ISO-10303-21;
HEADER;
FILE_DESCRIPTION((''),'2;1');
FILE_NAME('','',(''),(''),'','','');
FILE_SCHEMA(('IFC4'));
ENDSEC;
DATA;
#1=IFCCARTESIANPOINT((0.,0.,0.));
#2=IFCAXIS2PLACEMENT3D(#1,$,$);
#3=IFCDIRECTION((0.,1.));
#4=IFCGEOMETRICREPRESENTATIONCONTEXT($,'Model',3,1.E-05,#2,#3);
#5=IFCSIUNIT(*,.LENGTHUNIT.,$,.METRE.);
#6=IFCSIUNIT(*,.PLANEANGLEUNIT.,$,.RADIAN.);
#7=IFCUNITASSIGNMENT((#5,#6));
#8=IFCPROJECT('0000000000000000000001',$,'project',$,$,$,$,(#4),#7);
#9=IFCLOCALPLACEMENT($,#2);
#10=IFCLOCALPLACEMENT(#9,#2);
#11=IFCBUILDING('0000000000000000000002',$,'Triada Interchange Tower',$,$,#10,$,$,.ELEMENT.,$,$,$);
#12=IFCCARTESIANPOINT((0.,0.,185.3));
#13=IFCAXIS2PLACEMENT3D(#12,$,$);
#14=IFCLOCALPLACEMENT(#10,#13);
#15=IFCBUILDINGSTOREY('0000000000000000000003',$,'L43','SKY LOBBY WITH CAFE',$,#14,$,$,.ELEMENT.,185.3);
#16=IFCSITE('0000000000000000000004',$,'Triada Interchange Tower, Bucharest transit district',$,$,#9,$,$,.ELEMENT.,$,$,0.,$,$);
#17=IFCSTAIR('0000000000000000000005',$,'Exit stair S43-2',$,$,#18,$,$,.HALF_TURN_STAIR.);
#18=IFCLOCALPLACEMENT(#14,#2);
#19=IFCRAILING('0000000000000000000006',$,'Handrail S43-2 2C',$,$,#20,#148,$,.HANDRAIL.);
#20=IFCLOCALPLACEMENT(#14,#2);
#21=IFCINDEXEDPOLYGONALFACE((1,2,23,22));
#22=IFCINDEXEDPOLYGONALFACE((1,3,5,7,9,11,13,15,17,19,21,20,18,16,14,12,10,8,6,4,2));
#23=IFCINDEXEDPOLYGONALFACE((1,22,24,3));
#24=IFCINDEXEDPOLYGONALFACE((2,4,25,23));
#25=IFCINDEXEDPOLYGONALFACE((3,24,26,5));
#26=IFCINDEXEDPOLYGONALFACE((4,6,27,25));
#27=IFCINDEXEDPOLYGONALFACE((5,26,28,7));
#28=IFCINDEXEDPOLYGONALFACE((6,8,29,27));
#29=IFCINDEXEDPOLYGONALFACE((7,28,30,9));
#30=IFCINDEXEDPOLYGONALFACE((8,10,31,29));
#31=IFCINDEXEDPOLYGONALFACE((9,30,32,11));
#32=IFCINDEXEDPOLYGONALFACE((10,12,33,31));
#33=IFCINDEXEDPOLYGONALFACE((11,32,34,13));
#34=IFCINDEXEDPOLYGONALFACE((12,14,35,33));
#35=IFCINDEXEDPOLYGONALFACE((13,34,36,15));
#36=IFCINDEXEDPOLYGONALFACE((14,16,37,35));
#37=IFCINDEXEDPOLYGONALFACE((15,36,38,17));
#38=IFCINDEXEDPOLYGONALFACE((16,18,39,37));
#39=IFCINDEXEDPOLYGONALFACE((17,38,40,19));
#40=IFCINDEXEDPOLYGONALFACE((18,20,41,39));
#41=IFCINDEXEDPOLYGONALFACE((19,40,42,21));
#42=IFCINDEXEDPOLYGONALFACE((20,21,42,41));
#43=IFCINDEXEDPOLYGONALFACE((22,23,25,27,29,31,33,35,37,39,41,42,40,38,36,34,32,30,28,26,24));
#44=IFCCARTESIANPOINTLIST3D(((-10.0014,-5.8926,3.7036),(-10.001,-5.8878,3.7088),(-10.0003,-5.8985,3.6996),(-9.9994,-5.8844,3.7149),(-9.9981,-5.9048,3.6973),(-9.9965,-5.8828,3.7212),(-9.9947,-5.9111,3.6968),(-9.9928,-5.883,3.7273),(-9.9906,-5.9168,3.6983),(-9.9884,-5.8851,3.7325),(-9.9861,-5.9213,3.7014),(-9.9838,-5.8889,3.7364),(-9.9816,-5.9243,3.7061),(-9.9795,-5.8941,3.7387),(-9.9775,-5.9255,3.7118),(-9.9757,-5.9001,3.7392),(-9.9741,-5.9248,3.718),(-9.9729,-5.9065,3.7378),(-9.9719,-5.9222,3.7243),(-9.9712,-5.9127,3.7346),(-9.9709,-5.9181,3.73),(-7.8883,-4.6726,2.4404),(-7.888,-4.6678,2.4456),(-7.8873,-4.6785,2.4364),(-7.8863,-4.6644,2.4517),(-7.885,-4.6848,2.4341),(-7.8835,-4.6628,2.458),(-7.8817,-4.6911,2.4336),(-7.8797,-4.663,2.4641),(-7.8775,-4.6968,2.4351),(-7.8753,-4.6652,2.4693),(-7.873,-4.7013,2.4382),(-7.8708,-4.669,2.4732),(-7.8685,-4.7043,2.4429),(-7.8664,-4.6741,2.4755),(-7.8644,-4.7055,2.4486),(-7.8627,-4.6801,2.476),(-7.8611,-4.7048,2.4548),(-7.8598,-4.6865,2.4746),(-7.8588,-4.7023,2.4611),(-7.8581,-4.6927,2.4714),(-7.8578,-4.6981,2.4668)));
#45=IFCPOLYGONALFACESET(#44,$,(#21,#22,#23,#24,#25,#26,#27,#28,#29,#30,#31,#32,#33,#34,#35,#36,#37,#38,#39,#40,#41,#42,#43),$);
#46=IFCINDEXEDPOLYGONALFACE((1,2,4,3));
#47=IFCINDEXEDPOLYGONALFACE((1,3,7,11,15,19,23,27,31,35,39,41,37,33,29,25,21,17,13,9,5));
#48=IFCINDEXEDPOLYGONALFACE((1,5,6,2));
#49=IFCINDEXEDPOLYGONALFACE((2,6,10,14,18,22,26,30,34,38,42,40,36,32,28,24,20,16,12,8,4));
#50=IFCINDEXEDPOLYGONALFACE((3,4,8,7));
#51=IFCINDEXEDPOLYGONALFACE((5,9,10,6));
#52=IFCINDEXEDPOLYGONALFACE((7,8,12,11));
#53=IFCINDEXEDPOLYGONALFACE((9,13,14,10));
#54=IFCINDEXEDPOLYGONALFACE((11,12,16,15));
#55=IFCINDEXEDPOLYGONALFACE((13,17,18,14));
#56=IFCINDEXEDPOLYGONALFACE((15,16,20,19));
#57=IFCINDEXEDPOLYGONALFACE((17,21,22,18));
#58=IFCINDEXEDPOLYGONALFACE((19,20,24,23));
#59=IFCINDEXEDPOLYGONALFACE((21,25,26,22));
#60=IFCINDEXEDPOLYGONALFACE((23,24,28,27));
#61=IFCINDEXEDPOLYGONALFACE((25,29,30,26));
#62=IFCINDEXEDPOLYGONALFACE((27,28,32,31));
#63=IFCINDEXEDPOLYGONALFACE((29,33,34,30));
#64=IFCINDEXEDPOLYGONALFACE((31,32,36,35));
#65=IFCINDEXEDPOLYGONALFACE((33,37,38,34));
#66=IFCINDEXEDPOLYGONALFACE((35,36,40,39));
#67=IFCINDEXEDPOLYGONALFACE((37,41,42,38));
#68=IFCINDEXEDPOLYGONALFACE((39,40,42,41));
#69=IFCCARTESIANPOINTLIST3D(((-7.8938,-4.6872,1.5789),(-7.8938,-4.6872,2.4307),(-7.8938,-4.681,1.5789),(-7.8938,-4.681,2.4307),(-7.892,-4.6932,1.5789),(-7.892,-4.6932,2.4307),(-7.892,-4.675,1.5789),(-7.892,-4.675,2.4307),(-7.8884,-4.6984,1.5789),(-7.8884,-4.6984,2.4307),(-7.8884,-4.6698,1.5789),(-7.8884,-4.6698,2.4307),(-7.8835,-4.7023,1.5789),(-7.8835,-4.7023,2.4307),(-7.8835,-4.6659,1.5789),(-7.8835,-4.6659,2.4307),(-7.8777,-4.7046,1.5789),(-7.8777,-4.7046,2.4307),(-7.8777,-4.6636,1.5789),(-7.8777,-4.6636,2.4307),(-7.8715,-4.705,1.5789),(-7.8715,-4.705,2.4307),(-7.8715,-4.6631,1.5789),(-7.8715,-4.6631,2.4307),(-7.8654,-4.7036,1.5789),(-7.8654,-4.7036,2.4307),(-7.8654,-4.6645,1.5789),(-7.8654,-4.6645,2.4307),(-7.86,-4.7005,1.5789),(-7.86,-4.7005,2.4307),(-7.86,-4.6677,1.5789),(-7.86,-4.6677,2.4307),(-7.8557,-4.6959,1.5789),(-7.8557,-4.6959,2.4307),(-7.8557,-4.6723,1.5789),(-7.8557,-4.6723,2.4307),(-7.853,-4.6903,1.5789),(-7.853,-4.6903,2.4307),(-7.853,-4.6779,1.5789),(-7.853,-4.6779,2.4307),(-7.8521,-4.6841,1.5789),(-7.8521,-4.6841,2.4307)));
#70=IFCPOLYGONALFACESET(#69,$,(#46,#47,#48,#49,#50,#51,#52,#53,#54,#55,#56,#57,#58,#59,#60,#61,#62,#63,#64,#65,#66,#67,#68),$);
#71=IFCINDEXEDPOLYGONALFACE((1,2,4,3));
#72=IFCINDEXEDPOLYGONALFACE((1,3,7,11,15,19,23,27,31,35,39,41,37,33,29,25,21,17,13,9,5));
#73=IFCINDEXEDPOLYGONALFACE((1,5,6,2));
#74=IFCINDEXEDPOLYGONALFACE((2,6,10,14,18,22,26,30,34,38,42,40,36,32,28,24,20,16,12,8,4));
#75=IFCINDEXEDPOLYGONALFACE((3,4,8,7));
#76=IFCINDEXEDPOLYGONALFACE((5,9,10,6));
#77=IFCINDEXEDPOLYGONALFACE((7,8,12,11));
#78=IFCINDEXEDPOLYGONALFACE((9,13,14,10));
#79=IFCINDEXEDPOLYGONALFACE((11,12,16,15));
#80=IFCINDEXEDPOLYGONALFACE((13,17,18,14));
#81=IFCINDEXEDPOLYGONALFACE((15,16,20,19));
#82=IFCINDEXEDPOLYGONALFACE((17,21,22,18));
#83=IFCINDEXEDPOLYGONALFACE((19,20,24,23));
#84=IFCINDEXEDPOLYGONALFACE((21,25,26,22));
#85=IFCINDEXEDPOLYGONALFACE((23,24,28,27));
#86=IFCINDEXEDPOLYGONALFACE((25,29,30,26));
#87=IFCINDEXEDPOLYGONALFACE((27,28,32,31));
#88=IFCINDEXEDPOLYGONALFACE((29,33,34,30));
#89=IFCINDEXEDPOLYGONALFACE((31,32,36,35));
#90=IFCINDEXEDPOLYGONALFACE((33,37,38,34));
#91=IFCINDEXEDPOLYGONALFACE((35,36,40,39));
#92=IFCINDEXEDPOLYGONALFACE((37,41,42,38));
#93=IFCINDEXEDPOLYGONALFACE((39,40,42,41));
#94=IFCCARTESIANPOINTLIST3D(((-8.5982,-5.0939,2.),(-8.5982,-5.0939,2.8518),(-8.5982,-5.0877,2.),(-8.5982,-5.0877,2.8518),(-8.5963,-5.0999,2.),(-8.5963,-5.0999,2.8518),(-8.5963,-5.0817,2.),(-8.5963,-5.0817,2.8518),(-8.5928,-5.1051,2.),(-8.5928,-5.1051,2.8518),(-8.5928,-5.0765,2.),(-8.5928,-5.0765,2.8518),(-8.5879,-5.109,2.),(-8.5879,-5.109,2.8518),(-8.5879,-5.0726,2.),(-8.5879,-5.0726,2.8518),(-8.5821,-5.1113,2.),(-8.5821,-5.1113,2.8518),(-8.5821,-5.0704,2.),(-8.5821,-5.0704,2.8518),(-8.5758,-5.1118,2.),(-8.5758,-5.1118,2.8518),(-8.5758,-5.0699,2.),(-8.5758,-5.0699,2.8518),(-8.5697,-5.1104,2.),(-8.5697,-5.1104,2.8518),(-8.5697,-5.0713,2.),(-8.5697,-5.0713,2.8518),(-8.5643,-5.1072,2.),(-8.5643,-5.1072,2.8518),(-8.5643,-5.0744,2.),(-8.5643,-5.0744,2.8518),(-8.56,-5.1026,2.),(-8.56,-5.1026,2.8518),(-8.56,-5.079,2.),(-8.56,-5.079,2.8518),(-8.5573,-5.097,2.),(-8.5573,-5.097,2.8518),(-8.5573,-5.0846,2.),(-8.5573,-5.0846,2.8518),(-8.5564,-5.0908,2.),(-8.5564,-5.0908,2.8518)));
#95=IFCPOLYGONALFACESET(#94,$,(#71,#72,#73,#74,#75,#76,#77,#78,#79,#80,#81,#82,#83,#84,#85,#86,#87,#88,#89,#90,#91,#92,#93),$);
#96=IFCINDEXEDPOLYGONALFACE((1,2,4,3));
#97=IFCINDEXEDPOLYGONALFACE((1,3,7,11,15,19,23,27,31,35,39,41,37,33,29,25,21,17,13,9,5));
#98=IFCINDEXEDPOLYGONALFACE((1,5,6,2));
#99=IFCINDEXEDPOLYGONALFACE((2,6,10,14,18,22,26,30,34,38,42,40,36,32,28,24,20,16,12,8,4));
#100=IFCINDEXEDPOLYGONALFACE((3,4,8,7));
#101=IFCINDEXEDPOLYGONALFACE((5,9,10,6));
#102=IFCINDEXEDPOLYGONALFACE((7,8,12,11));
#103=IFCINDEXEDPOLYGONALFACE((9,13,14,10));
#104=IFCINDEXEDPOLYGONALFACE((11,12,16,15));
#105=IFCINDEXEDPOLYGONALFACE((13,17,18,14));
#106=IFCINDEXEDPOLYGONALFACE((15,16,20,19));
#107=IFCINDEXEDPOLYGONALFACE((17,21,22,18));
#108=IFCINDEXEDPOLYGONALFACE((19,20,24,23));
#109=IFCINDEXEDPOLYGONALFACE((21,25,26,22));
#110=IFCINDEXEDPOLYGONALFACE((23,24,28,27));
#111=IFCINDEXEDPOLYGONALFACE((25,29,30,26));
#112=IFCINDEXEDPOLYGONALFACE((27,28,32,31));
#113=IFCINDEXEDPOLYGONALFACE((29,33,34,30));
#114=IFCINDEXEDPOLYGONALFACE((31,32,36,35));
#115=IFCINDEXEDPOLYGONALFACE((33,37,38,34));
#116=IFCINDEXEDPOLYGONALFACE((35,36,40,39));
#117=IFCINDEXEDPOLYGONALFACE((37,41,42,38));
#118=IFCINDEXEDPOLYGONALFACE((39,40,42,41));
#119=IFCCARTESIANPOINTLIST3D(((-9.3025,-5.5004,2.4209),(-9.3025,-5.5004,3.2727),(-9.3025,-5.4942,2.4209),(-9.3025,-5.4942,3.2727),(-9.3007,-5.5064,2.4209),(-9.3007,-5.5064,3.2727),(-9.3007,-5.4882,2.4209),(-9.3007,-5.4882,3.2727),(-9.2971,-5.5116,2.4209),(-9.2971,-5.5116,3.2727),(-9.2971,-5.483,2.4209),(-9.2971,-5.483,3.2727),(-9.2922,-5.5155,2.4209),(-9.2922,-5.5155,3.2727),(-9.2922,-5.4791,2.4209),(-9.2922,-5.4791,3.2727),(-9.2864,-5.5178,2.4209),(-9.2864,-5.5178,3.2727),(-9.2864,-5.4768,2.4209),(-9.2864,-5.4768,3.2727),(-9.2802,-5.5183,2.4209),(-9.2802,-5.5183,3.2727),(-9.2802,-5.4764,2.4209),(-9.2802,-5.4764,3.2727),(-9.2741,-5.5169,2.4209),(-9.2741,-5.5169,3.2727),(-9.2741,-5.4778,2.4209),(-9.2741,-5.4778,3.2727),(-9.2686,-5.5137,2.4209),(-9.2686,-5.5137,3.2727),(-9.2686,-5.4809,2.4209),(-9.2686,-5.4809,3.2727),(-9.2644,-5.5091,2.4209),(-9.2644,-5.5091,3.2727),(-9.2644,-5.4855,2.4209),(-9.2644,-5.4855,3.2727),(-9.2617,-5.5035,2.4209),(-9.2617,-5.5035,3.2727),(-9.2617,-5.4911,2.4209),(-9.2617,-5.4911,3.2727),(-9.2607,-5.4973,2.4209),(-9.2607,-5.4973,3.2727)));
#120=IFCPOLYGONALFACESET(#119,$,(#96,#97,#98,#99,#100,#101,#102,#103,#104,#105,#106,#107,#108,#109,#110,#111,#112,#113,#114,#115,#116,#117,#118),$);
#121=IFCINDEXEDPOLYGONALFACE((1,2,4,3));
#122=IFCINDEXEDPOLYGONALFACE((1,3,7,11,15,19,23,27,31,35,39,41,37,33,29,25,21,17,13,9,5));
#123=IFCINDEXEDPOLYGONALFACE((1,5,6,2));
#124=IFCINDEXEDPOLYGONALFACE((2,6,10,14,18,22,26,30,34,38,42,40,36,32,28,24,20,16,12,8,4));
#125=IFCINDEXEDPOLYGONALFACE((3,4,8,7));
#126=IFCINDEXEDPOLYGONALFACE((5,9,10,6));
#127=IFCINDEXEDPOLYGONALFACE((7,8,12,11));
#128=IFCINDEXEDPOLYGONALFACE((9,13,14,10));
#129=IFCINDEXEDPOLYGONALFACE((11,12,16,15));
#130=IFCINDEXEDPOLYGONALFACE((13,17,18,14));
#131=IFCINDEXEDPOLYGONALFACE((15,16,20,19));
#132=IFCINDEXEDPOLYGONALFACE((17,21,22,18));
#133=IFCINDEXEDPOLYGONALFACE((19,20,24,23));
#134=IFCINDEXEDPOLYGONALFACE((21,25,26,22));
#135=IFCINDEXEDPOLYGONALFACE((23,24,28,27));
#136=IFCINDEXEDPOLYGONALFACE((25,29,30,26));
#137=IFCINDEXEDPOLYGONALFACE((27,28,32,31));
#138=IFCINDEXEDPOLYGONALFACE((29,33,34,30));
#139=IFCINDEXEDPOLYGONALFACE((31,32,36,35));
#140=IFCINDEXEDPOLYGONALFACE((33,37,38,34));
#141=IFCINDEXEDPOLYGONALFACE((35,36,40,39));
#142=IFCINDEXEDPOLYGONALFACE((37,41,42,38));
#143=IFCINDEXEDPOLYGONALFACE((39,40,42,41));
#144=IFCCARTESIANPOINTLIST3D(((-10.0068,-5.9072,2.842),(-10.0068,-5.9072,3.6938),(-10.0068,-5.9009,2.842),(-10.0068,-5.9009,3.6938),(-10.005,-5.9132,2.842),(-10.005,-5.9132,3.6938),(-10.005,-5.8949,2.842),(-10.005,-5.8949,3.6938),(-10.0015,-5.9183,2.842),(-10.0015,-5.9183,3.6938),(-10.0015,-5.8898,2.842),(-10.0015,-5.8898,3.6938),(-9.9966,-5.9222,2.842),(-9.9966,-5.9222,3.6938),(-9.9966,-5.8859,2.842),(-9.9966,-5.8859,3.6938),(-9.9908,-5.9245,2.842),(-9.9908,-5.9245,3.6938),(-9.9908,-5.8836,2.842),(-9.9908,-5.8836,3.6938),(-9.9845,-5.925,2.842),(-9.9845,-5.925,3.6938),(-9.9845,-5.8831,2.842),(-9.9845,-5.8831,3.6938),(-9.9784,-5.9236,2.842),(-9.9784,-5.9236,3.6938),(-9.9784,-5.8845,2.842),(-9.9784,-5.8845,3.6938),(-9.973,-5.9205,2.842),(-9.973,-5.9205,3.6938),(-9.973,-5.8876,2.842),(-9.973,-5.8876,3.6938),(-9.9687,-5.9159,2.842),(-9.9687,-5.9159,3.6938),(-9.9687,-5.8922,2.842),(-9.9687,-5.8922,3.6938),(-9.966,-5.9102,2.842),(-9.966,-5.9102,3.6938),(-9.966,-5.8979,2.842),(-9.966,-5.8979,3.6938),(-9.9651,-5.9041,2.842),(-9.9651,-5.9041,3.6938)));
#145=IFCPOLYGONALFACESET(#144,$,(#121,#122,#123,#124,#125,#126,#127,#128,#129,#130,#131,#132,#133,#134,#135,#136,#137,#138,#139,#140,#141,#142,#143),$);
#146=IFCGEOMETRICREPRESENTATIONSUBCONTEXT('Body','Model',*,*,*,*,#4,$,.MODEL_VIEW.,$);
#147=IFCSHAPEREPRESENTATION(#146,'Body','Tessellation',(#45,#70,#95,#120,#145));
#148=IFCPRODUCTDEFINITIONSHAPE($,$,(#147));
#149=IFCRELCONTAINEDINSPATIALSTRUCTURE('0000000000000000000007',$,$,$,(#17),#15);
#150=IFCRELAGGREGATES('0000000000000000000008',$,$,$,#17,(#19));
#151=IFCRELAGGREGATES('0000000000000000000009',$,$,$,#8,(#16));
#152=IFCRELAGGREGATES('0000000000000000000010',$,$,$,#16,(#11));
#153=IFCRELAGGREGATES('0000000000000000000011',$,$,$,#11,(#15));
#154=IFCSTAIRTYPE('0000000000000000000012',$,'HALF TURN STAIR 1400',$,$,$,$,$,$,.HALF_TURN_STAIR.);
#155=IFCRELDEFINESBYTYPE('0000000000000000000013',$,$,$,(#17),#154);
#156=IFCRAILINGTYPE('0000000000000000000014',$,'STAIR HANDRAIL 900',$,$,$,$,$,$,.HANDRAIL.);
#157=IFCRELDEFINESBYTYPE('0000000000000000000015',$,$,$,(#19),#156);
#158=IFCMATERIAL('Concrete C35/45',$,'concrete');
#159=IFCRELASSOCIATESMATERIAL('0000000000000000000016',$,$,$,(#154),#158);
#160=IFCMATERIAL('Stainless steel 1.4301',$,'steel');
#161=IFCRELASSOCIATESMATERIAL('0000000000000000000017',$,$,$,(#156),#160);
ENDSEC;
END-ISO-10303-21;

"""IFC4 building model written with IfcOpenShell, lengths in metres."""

from ifc_helpers import new_model, si_unit, direction, frame, origin, origin_2d, place, context, subcontext, project, spatial, circle, extrude, material, type_object, element, aggregate, save


model = new_model("IFC4")

# Units and contexts
model_context = context("Model", 3, precision=1e-05, world=origin(), true_north=direction((0.0, 1.0)))
body_context = subcontext(model_context, "Body", "Model", "MODEL_VIEW")
ifc_project = project(units=[si_unit("LENGTHUNIT", "METRE"), si_unit("PLANEANGLEUNIT", "RADIAN")], contexts=[model_context])

# Site, building, storey
site_placement = place(None, origin())
site = spatial("IfcSite", under=ifc_project, at=site_placement, Name="Triada Interchange Tower, Bucharest transit district", CompositionType="ELEMENT", RefElevation=0.0)
building_placement = place(site_placement, origin())
building = spatial("IfcBuilding", under=site, at=building_placement, Name="Triada Interchange Tower", CompositionType="ELEMENT")
storey_placement = place(building_placement, frame((0.0, 0.0, 185.3)))
storey = spatial("IfcBuildingStorey", under=building, at=storey_placement, Name="L43", Description="SKY LOBBY WITH CAFE", CompositionType="ELEMENT", Elevation=185.3)

# Stair
ifc_material_1 = material(Name="Concrete C35/45", Category="concrete")
stair_type = type_object("IfcStairType", Name="HALF TURN STAIR 1400", PredefinedType="HALF_TURN_STAIR", material=ifc_material_1)
stair_placement = place(storey_placement, origin())
stair = element("IfcStair", 1, at=stair_placement, inside=storey, type_object=stair_type, Name="Exit stair S43-2", PredefinedType="HALF_TURN_STAIR")

# Railing
ifc_material_2 = material(Name="Stainless steel 1.4301", Category="steel")
railing_type = type_object("IfcRailingType", Name="STAIR HANDRAIL 900", PredefinedType="HANDRAIL", material=ifc_material_2)
railing_1_placement = place(storey_placement, frame((-7.873, -4.6841, 1.5789)))
railing_1 = element("IfcRailing", 2, at=railing_1_placement, type_object=railing_type, Name="Handrail S43-2 2C", PredefinedType="HANDRAIL", context=body_context, shape_type="SweptSolid", body=[
    extrude(circle(Radius=0.0239, at=origin_2d()), frame((0.0, 0.0, 0.876), z_axis=(-0.76907, -0.444026, 0.459753), x_axis=(0.500003, -0.866024, 0.0)), (0.0, 0.0, 1.0), 2.7476),
    extrude(circle(Radius=0.021, at=origin_2d()), origin(), (0.0, 0.0, 1.0), 0.8518),
    extrude(circle(Radius=0.021, at=origin_2d()), frame((-0.7043, -0.4067, 0.4211)), (0.0, 0.0, 1.0), 0.8518),
    extrude(circle(Radius=0.021, at=origin_2d()), frame((-1.4087, -0.8132, 0.842)), (0.0, 0.0, 1.0), 0.8518),
    extrude(circle(Radius=0.021, at=origin_2d()), frame((-2.113, -1.22, 1.2632)), (0.0, 0.0, 1.0), 0.8518),
])
aggregate(stair, [railing_1])

save(model, "model.ifc")
